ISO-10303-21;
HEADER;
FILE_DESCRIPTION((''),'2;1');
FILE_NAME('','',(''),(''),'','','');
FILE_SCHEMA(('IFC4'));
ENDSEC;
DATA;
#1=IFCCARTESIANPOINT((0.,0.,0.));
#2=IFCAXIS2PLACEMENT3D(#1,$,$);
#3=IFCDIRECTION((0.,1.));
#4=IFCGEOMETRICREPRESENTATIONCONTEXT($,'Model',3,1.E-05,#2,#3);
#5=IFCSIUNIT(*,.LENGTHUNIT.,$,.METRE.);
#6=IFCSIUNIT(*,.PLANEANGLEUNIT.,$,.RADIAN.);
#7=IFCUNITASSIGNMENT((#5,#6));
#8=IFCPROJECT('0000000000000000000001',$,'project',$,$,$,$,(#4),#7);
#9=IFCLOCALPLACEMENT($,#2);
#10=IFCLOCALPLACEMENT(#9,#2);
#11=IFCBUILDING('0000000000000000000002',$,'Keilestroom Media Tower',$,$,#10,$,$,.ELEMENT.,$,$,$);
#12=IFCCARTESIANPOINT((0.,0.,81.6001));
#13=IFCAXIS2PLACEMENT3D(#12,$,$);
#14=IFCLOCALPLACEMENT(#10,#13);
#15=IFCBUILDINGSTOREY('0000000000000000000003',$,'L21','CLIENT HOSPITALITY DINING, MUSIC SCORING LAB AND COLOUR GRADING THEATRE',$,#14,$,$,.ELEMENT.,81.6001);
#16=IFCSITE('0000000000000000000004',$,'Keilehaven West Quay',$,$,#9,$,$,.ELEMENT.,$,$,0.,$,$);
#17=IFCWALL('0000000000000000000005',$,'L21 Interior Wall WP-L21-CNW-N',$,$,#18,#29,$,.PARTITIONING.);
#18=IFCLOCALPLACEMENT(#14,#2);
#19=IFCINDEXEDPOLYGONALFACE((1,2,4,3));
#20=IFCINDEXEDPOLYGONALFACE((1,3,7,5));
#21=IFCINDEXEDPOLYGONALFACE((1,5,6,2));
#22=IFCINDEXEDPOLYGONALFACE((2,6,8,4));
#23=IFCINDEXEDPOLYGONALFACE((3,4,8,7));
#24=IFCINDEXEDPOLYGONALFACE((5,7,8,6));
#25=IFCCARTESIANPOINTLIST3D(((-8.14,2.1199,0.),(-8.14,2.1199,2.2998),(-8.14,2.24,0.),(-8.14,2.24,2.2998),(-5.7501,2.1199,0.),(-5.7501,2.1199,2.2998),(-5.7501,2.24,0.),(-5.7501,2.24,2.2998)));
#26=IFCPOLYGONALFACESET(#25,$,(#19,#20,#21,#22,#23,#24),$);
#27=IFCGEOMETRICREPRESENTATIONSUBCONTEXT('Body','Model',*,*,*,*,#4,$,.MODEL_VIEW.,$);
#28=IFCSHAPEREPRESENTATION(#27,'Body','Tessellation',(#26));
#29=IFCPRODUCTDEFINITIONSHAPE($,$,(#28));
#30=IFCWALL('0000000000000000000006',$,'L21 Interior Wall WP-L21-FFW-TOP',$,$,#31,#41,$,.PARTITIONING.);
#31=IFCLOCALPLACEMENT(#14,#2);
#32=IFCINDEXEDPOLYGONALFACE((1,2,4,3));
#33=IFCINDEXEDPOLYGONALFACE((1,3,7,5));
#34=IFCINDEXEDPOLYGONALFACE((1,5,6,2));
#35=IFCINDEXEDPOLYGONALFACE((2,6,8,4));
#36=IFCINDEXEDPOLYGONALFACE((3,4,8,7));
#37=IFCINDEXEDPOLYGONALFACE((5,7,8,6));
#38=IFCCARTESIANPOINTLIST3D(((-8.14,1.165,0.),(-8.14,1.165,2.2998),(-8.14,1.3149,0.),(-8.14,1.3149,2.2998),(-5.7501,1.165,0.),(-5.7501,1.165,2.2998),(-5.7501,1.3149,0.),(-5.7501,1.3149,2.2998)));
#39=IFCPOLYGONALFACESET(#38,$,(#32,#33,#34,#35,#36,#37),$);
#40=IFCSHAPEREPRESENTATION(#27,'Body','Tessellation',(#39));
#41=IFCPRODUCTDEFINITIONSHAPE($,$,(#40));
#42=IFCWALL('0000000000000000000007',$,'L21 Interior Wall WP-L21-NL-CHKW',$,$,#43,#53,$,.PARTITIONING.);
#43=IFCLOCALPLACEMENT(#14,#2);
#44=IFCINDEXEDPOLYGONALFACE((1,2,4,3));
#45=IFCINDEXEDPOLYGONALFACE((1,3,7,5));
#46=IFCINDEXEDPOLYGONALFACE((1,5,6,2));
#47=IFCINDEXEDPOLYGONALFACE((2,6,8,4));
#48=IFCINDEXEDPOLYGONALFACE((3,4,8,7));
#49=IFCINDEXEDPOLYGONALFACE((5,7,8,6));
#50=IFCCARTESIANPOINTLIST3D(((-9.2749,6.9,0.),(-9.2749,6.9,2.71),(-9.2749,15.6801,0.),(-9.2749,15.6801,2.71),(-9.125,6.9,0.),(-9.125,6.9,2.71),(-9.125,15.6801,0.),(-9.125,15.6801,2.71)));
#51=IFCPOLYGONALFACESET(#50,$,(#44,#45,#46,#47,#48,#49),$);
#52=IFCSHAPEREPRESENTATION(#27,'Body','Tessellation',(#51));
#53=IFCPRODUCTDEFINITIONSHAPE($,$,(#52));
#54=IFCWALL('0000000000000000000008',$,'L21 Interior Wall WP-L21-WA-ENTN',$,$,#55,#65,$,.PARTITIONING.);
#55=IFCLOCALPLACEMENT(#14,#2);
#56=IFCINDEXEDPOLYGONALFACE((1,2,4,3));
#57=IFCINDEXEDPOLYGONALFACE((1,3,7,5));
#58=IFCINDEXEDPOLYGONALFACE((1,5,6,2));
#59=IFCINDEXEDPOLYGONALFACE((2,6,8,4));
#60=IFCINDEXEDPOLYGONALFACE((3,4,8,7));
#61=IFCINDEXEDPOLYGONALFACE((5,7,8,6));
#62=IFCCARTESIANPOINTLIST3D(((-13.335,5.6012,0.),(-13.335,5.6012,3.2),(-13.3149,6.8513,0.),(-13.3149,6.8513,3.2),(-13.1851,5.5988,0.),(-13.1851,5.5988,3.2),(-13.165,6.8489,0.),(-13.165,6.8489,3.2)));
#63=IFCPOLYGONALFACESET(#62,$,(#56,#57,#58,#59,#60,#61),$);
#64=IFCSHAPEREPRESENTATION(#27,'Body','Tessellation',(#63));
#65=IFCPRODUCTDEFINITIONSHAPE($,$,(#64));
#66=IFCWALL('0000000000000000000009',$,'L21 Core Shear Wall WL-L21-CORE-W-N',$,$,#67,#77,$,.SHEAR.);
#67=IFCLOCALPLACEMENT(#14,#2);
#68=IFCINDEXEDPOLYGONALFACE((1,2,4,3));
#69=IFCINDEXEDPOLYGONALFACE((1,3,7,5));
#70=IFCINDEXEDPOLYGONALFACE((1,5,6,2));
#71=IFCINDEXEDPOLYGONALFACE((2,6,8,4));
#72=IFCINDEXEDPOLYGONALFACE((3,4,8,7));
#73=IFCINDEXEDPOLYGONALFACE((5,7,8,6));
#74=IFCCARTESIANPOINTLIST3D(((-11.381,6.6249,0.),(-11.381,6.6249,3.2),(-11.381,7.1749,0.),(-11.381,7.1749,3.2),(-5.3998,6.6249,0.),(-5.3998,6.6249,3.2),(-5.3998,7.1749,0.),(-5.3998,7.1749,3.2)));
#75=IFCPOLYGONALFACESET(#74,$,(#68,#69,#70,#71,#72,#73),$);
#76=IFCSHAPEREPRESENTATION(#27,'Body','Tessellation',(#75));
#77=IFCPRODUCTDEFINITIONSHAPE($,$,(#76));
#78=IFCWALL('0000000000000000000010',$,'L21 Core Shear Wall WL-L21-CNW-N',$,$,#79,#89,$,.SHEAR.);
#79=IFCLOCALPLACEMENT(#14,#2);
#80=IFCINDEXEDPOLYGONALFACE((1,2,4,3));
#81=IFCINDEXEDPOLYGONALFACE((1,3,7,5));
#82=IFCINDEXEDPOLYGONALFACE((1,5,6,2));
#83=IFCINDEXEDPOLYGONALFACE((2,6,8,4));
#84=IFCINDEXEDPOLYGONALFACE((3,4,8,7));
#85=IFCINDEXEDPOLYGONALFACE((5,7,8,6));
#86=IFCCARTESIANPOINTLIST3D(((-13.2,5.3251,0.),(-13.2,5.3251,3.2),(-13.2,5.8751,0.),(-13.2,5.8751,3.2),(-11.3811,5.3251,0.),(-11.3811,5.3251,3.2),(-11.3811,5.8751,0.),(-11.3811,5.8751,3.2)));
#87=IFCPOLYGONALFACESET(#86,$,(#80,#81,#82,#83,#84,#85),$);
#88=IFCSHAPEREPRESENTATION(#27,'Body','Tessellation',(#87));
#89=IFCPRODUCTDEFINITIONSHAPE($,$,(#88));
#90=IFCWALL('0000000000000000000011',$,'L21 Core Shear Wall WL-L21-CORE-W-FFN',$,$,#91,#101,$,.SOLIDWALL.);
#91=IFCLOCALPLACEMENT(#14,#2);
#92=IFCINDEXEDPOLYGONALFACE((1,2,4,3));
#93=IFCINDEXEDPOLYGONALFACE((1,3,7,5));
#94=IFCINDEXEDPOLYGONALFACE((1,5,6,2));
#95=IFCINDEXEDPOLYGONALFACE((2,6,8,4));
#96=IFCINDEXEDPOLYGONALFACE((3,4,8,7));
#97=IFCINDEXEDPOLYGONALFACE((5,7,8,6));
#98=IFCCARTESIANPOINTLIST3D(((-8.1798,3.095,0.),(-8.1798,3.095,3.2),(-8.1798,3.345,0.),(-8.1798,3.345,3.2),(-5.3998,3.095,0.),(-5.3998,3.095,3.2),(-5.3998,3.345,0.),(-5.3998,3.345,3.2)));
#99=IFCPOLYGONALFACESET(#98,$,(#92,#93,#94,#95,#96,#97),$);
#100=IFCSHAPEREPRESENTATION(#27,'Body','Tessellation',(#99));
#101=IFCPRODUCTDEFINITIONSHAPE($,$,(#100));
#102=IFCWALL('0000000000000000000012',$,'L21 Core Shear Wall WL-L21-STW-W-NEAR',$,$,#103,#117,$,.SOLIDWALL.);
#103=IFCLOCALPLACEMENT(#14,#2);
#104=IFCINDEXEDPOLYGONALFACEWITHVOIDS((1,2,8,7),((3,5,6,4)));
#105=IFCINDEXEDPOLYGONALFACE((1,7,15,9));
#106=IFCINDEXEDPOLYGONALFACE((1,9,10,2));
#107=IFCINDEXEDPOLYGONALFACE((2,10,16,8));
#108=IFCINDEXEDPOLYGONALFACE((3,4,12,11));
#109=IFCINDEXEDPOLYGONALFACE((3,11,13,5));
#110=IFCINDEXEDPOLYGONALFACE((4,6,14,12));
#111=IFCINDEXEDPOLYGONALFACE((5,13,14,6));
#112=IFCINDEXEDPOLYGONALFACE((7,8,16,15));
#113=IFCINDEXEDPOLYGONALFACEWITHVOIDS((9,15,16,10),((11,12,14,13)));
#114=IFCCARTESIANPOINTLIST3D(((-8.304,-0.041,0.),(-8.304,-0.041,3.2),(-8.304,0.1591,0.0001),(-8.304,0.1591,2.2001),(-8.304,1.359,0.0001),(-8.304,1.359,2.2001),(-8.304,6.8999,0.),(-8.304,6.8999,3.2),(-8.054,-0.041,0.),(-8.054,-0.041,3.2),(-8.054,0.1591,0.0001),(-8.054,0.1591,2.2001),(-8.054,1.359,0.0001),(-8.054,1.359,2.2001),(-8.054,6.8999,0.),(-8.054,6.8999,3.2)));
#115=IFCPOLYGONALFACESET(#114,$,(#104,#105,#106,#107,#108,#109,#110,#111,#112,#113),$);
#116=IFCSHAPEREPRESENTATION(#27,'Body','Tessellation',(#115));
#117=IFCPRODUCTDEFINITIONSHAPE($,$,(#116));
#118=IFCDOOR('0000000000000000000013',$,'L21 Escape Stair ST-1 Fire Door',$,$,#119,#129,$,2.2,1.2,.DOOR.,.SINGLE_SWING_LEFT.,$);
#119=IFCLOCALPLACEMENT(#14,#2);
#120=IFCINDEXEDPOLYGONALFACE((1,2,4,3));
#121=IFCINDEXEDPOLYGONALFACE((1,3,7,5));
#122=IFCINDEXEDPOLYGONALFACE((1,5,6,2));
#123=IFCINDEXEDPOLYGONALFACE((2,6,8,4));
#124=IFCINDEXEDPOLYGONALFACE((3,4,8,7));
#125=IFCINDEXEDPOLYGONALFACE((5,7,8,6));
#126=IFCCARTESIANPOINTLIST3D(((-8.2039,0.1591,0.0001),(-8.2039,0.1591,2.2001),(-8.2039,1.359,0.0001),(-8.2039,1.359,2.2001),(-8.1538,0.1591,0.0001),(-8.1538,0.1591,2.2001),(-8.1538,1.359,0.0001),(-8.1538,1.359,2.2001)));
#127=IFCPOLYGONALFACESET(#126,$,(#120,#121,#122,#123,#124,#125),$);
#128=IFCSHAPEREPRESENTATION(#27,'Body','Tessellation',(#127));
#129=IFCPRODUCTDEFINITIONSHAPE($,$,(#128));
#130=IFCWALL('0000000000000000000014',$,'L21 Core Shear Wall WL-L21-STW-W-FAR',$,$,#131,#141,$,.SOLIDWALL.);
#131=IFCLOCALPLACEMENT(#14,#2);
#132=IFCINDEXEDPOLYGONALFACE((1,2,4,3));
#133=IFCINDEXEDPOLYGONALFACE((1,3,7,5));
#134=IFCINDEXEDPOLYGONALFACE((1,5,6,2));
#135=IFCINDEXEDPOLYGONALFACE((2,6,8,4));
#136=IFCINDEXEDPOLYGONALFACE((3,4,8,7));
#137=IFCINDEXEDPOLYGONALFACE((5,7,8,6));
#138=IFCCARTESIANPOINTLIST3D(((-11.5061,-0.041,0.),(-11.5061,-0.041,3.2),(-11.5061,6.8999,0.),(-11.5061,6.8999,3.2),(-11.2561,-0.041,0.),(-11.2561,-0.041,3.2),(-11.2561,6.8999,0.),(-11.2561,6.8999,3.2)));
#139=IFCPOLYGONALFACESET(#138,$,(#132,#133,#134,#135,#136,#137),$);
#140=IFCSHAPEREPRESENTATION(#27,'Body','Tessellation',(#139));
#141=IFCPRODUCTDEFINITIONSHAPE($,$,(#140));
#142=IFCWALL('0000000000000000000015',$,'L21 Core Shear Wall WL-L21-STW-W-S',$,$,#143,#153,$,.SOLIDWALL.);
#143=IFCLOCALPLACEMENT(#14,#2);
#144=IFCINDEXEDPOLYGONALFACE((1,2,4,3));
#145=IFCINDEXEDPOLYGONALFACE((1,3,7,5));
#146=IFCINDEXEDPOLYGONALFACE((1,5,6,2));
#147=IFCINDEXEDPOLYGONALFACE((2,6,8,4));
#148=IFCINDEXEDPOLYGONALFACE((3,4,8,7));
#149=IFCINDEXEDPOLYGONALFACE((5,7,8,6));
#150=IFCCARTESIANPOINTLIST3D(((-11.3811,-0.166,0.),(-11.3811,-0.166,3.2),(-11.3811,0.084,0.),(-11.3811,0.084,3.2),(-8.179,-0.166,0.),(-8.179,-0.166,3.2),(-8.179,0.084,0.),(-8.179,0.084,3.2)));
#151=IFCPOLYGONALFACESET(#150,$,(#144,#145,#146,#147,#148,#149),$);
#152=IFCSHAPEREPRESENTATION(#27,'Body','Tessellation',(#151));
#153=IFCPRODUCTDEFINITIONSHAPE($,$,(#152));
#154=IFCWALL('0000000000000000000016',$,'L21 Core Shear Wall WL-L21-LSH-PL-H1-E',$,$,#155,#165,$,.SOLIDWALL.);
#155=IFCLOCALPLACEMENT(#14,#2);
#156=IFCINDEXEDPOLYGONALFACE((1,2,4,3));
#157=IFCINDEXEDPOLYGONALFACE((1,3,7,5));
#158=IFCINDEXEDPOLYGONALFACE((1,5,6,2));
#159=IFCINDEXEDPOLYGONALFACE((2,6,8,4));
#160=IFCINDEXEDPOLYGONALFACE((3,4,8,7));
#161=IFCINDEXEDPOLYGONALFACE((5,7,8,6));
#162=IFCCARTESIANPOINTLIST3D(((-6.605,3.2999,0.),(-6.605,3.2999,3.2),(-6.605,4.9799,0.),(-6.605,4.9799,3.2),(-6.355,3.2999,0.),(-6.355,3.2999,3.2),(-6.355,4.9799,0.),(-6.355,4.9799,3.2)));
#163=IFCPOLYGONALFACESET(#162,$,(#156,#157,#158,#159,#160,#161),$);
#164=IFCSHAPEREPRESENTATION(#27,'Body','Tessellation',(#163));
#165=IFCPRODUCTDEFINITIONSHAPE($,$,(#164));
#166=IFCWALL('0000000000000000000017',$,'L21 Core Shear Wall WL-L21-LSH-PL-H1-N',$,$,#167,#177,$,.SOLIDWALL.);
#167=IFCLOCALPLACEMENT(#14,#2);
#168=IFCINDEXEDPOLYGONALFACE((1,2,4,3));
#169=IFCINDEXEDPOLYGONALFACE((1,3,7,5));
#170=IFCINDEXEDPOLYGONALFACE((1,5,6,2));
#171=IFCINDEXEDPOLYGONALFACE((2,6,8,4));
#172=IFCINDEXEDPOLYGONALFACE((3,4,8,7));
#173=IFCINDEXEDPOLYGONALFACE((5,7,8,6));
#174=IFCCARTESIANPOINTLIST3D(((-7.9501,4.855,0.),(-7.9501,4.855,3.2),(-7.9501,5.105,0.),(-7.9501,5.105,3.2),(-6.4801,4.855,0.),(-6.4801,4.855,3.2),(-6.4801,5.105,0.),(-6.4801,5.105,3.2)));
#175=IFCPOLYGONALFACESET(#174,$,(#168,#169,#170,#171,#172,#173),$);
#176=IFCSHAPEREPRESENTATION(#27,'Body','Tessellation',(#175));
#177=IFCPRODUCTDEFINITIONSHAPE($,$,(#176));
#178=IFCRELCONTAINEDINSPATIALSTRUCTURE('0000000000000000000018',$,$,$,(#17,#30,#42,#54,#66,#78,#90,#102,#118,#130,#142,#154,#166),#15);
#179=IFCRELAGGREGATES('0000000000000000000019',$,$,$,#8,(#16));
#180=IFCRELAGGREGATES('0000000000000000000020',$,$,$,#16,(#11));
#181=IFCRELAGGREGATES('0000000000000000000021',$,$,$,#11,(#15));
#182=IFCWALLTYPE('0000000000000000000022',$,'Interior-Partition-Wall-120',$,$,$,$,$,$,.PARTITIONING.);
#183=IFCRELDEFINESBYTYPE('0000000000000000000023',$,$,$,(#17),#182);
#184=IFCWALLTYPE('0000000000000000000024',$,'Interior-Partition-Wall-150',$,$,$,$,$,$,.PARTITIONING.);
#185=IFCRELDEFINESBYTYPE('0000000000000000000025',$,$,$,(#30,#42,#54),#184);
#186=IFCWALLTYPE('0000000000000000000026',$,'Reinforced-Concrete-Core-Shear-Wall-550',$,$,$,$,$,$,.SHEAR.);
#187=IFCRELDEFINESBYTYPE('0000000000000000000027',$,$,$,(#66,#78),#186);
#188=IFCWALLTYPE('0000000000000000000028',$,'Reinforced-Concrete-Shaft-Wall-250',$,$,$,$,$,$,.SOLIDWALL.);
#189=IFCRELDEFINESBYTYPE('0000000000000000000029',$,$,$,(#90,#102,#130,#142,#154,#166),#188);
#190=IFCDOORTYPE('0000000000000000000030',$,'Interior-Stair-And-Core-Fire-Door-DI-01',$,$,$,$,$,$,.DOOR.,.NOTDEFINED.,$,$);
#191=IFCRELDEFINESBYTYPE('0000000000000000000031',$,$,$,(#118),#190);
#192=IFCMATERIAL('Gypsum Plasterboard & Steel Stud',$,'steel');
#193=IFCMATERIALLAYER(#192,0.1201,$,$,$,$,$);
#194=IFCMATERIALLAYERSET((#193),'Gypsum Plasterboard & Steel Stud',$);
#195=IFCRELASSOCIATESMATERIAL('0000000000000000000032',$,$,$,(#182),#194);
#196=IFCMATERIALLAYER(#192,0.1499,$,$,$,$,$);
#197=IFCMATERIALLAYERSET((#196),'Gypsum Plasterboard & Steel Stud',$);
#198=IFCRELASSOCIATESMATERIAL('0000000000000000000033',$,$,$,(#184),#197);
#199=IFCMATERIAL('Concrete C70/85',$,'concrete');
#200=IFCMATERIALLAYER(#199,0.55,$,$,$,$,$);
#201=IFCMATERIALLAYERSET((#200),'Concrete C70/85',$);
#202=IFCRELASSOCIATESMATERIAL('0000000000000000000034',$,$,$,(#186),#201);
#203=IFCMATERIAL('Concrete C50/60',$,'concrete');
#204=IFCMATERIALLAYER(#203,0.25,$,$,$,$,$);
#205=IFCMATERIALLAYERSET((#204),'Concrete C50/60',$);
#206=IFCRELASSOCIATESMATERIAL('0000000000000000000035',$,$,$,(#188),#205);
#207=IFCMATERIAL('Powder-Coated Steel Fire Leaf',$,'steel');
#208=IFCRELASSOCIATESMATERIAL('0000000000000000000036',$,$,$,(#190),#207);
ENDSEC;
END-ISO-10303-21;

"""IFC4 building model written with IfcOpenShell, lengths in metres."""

from ifc_helpers import new_model, si_unit, direction, frame, frame_2d, origin, place, context, subcontext, project, spatial, rectangle, extrude, source, transform, mapped, material, layer, layer_set, type_object, element, fill, save


model = new_model("IFC4")

# Units and contexts
model_context = context("Model", 3, precision=1e-05, world=origin(), true_north=direction((0.0, 1.0)))
body_context = subcontext(model_context, "Body", "Model", "MODEL_VIEW")
ifc_project = project(units=[si_unit("LENGTHUNIT", "METRE"), si_unit("PLANEANGLEUNIT", "RADIAN")], contexts=[model_context])

# Site, building, storey
site_placement = place(None, origin())
site = spatial("IfcSite", under=ifc_project, at=site_placement, Name="Keilehaven West Quay", CompositionType="ELEMENT", RefElevation=0.0)
building_placement = place(site_placement, origin())
building = spatial("IfcBuilding", under=site, at=building_placement, Name="Keilestroom Media Tower", CompositionType="ELEMENT")
storey_placement = place(building_placement, frame((0.0, 0.0, 81.6001)))
storey = spatial("IfcBuildingStorey", under=building, at=storey_placement, Name="L21", Description="CLIENT HOSPITALITY DINING, MUSIC SCORING LAB AND COLOUR GRADING THEATRE", CompositionType="ELEMENT", Elevation=81.6001)

# Shared definitions
ifc_material_1 = material(Name="Concrete C50/60", Category="concrete")

# Walls
ifc_material_2 = material(Name="Gypsum Plasterboard & Steel Stud", Category="steel")
ifc_layer_1 = layer(ifc_material_2, 0.1201)
ifc_layer_set_1 = layer_set([ifc_layer_1], Name="Gypsum Plasterboard & Steel Stud")
wall_type_1 = type_object("IfcWallType", Name="Interior-Partition-Wall-120", PredefinedType="PARTITIONING", material=ifc_layer_set_1)
wall_1_placement = place(storey_placement, frame((-8.1399, 2.1799, 0.0), z_axis=(0.0, 0.0, 1.0), x_axis=(1.0, 0.0, 0.0)))
element("IfcWall", 1, at=wall_1_placement, inside=storey, type_object=wall_type_1, Name="L21 Interior Wall WP-L21-CNW-N", PredefinedType="PARTITIONING", context=body_context, shape_type="SweptSolid", body=[
    extrude(rectangle(XDim=2.3899, YDim=0.1201, at=frame_2d((1.1948, 0.0))), origin(), (0.0, 0.0, 1.0), 2.2998),
])
ifc_layer_2 = layer(ifc_material_2, 0.1499)
ifc_layer_set_2 = layer_set([ifc_layer_2], Name="Gypsum Plasterboard & Steel Stud")
wall_type_2 = type_object("IfcWallType", Name="Interior-Partition-Wall-150", PredefinedType="PARTITIONING", material=ifc_layer_set_2)
wall_2_placement = place(storey_placement, frame((-8.1399, 1.24, 0.0), z_axis=(0.0, 0.0, 1.0), x_axis=(1.0, 0.0, 0.0)))
element("IfcWall", 2, at=wall_2_placement, inside=storey, type_object=wall_type_2, Name="L21 Interior Wall WP-L21-FFW-TOP", PredefinedType="PARTITIONING", context=body_context, shape_type="SweptSolid", body=[
    extrude(rectangle(XDim=2.3899, YDim=0.1499, at=frame_2d((1.1948, 0.0))), origin(), (0.0, 0.0, 1.0), 2.2998),
])
wall_3_placement = place(storey_placement, frame((-9.2, 6.8999, 0.0), z_axis=(0.0, 0.0, 1.0), x_axis=(0.0, 1.0, 0.0)))
element("IfcWall", 3, at=wall_3_placement, inside=storey, type_object=wall_type_2, Name="L21 Interior Wall WP-L21-NL-CHKW", PredefinedType="PARTITIONING", context=body_context, shape_type="SweptSolid", body=[
    extrude(rectangle(XDim=8.78, YDim=0.1499, at=frame_2d((4.3901, 0.0))), origin(), (0.0, 0.0, 1.0), 2.71),
])
wall_4_placement = place(storey_placement, frame((-13.26, 5.6001, 0.0), z_axis=(0.0, 0.0, 1.0), x_axis=(0.016014, 0.999872, 0.0)))
element("IfcWall", 4, at=wall_4_placement, inside=storey, type_object=wall_type_2, Name="L21 Interior Wall WP-L21-WA-ENTN", PredefinedType="PARTITIONING", context=body_context, shape_type="SweptSolid", body=[
    extrude(rectangle(XDim=1.2502, YDim=0.1499, at=frame_2d((0.625, 0.0))), origin(), (0.0, 0.0, 1.0), 3.2),
])
ifc_material_3 = material(Name="Concrete C70/85", Category="concrete")
ifc_layer_3 = layer(ifc_material_3, 0.55)
ifc_layer_set_3 = layer_set([ifc_layer_3], Name="Concrete C70/85")
wall_type_3 = type_object("IfcWallType", Name="Reinforced-Concrete-Core-Shear-Wall-550", PredefinedType="SHEAR", material=ifc_layer_set_3)
wall_5_placement = place(storey_placement, frame((-11.3811, 6.8999, 0.0), z_axis=(0.0, 0.0, 1.0), x_axis=(1.0, 0.0, 0.0)))
element("IfcWall", 5, at=wall_5_placement, inside=storey, type_object=wall_type_3, Name="L21 Core Shear Wall WL-L21-CORE-W-N", PredefinedType="SHEAR", context=body_context, shape_type="SweptSolid", body=[
    extrude(rectangle(XDim=5.9812, YDim=0.55, at=frame_2d((2.9907, 0.0))), origin(), (0.0, 0.0, 1.0), 3.2),
])
wall_6_placement = place(storey_placement, frame((-13.2, 5.6001, 0.0), z_axis=(0.0, 0.0, 1.0), x_axis=(1.0, 0.0, 0.0)))
element("IfcWall", 6, at=wall_6_placement, inside=storey, type_object=wall_type_3, Name="L21 Core Shear Wall WL-L21-CNW-N", PredefinedType="SHEAR", context=body_context, shape_type="SweptSolid", body=[
    extrude(rectangle(XDim=1.8188, YDim=0.55, at=frame_2d((0.9094, 0.0))), origin(), (0.0, 0.0, 1.0), 3.2),
])
ifc_layer_4 = layer(ifc_material_1, 0.25)
ifc_layer_set_4 = layer_set([ifc_layer_4], Name="Concrete C50/60")
wall_type_4 = type_object("IfcWallType", Name="Reinforced-Concrete-Shaft-Wall-250", PredefinedType="SOLIDWALL", material=ifc_layer_set_4)
wall_7_placement = place(storey_placement, frame((-8.1799, 3.22, 0.0), z_axis=(0.0, 0.0, 1.0), x_axis=(1.0, 0.0, 0.0)))
element("IfcWall", 7, at=wall_7_placement, inside=storey, type_object=wall_type_4, Name="L21 Core Shear Wall WL-L21-CORE-W-FFN", PredefinedType="SOLIDWALL", context=body_context, shape_type="SweptSolid", body=[
    extrude(rectangle(XDim=2.78, YDim=0.25, at=frame_2d((1.3901, 0.0))), origin(), (0.0, 0.0, 1.0), 3.2),
])

# Wall, opening, door
wall_8_placement = place(storey_placement, frame((-8.179, -0.041, 0.0), z_axis=(0.0, 0.0, 1.0), x_axis=(0.0, 1.0, 0.0)))
wall_8 = element("IfcWall", 8, at=wall_8_placement, inside=storey, type_object=wall_type_4, Name="L21 Core Shear Wall WL-L21-STW-W-NEAR", PredefinedType="SOLIDWALL", context=body_context, shape_type="SweptSolid", body=[
    extrude(rectangle(XDim=6.9409, YDim=0.25, at=frame_2d((3.4705, 0.0))), origin(), (0.0, 0.0, 1.0), 3.2),
])
opening_placement = place(wall_8_placement, frame((0.2, 0.0, 0.0)))
opening = element("IfcOpeningElement", 9, at=opening_placement, cuts=wall_8, PredefinedType="OPENING", context=body_context, shape_type="SweptSolid", body=[
    extrude(rectangle(XDim=1.2, YDim=2.2, at=frame_2d((0.6001, 1.1001))), frame((0.0, 0.135, 0.0), z_axis=(0.0, -1.0, 0.0), x_axis=(1.0, 0.0, 0.0)), (0.0, 0.0, 1.0), 0.27),
])
ifc_material_4 = material(Name="Powder-Coated Steel Fire Leaf", Category="steel")
door_type = type_object("IfcDoorType", Name="Interior-Stair-And-Core-Fire-Door-DI-01", OperationType="NOTDEFINED", PredefinedType="DOOR", material=ifc_material_4)
shared_shape_1 = source(origin(), body_context, "Body", "SweptSolid", [
    extrude(rectangle(XDim=1.2, YDim=2.2, at=frame_2d((0.6001, 1.1001))), frame((0.0, 0.0249, 0.0), z_axis=(0.0, -1.0, 0.0), x_axis=(1.0, 0.0, 0.0)), (0.0, 0.0, 1.0), 0.05),
])
door_placement = place(opening_placement, origin())
door = element("IfcDoor", 10, at=door_placement, inside=storey, type_object=door_type, Name="L21 Escape Stair ST-1 Fire Door", OperationType="SINGLE_SWING_LEFT", OverallHeight=2.2, OverallWidth=1.2, PredefinedType="DOOR", context=body_context, shape_type="MappedRepresentation", body=[
    mapped(shared_shape_1, transform((0.0, 0.0, 0.0), x_axis=(1.0, 0.0, 0.0), y_axis=(0.0, 1.0, 0.0), z_axis=(0.0, 0.0, 1.0), scale=1.0)),
])
fill(opening, door)

# Walls
wall_9_placement = place(storey_placement, frame((-11.3811, -0.041, 0.0), z_axis=(0.0, 0.0, 1.0), x_axis=(0.0, 1.0, 0.0)))
element("IfcWall", 11, at=wall_9_placement, inside=storey, type_object=wall_type_4, Name="L21 Core Shear Wall WL-L21-STW-W-FAR", PredefinedType="SOLIDWALL", context=body_context, shape_type="SweptSolid", body=[
    extrude(rectangle(XDim=6.9409, YDim=0.25, at=frame_2d((3.4705, 0.0))), origin(), (0.0, 0.0, 1.0), 3.2),
])
wall_10_placement = place(storey_placement, frame((-11.3811, -0.041, 0.0), z_axis=(0.0, 0.0, 1.0), x_axis=(1.0, 0.0, 0.0)))
element("IfcWall", 12, at=wall_10_placement, inside=storey, type_object=wall_type_4, Name="L21 Core Shear Wall WL-L21-STW-W-S", PredefinedType="SOLIDWALL", context=body_context, shape_type="SweptSolid", body=[
    extrude(rectangle(XDim=3.2021, YDim=0.25, at=frame_2d((1.6011, 0.0))), origin(), (0.0, 0.0, 1.0), 3.2),
])
wall_11_placement = place(storey_placement, frame((-6.48, 3.3, 0.0), z_axis=(0.0, 0.0, 1.0), x_axis=(0.0, 1.0, 0.0)))
element("IfcWall", 13, at=wall_11_placement, inside=storey, type_object=wall_type_4, Name="L21 Core Shear Wall WL-L21-LSH-PL-H1-E", PredefinedType="SOLIDWALL", context=body_context, shape_type="SweptSolid", body=[
    extrude(rectangle(XDim=1.6799, YDim=0.25, at=frame_2d((0.8398, 0.0))), origin(), (0.0, 0.0, 1.0), 3.2),
])
wall_12_placement = place(storey_placement, frame((-7.95, 4.98, 0.0), z_axis=(0.0, 0.0, 1.0), x_axis=(1.0, 0.0, 0.0)))
element("IfcWall", 14, at=wall_12_placement, inside=storey, type_object=wall_type_4, Name="L21 Core Shear Wall WL-L21-LSH-PL-H1-N", PredefinedType="SOLIDWALL", context=body_context, shape_type="SweptSolid", body=[
    extrude(rectangle(XDim=1.47, YDim=0.25, at=frame_2d((0.7349, 0.0))), origin(), (0.0, 0.0, 1.0), 3.2),
])

save(model, "model.ifc")
